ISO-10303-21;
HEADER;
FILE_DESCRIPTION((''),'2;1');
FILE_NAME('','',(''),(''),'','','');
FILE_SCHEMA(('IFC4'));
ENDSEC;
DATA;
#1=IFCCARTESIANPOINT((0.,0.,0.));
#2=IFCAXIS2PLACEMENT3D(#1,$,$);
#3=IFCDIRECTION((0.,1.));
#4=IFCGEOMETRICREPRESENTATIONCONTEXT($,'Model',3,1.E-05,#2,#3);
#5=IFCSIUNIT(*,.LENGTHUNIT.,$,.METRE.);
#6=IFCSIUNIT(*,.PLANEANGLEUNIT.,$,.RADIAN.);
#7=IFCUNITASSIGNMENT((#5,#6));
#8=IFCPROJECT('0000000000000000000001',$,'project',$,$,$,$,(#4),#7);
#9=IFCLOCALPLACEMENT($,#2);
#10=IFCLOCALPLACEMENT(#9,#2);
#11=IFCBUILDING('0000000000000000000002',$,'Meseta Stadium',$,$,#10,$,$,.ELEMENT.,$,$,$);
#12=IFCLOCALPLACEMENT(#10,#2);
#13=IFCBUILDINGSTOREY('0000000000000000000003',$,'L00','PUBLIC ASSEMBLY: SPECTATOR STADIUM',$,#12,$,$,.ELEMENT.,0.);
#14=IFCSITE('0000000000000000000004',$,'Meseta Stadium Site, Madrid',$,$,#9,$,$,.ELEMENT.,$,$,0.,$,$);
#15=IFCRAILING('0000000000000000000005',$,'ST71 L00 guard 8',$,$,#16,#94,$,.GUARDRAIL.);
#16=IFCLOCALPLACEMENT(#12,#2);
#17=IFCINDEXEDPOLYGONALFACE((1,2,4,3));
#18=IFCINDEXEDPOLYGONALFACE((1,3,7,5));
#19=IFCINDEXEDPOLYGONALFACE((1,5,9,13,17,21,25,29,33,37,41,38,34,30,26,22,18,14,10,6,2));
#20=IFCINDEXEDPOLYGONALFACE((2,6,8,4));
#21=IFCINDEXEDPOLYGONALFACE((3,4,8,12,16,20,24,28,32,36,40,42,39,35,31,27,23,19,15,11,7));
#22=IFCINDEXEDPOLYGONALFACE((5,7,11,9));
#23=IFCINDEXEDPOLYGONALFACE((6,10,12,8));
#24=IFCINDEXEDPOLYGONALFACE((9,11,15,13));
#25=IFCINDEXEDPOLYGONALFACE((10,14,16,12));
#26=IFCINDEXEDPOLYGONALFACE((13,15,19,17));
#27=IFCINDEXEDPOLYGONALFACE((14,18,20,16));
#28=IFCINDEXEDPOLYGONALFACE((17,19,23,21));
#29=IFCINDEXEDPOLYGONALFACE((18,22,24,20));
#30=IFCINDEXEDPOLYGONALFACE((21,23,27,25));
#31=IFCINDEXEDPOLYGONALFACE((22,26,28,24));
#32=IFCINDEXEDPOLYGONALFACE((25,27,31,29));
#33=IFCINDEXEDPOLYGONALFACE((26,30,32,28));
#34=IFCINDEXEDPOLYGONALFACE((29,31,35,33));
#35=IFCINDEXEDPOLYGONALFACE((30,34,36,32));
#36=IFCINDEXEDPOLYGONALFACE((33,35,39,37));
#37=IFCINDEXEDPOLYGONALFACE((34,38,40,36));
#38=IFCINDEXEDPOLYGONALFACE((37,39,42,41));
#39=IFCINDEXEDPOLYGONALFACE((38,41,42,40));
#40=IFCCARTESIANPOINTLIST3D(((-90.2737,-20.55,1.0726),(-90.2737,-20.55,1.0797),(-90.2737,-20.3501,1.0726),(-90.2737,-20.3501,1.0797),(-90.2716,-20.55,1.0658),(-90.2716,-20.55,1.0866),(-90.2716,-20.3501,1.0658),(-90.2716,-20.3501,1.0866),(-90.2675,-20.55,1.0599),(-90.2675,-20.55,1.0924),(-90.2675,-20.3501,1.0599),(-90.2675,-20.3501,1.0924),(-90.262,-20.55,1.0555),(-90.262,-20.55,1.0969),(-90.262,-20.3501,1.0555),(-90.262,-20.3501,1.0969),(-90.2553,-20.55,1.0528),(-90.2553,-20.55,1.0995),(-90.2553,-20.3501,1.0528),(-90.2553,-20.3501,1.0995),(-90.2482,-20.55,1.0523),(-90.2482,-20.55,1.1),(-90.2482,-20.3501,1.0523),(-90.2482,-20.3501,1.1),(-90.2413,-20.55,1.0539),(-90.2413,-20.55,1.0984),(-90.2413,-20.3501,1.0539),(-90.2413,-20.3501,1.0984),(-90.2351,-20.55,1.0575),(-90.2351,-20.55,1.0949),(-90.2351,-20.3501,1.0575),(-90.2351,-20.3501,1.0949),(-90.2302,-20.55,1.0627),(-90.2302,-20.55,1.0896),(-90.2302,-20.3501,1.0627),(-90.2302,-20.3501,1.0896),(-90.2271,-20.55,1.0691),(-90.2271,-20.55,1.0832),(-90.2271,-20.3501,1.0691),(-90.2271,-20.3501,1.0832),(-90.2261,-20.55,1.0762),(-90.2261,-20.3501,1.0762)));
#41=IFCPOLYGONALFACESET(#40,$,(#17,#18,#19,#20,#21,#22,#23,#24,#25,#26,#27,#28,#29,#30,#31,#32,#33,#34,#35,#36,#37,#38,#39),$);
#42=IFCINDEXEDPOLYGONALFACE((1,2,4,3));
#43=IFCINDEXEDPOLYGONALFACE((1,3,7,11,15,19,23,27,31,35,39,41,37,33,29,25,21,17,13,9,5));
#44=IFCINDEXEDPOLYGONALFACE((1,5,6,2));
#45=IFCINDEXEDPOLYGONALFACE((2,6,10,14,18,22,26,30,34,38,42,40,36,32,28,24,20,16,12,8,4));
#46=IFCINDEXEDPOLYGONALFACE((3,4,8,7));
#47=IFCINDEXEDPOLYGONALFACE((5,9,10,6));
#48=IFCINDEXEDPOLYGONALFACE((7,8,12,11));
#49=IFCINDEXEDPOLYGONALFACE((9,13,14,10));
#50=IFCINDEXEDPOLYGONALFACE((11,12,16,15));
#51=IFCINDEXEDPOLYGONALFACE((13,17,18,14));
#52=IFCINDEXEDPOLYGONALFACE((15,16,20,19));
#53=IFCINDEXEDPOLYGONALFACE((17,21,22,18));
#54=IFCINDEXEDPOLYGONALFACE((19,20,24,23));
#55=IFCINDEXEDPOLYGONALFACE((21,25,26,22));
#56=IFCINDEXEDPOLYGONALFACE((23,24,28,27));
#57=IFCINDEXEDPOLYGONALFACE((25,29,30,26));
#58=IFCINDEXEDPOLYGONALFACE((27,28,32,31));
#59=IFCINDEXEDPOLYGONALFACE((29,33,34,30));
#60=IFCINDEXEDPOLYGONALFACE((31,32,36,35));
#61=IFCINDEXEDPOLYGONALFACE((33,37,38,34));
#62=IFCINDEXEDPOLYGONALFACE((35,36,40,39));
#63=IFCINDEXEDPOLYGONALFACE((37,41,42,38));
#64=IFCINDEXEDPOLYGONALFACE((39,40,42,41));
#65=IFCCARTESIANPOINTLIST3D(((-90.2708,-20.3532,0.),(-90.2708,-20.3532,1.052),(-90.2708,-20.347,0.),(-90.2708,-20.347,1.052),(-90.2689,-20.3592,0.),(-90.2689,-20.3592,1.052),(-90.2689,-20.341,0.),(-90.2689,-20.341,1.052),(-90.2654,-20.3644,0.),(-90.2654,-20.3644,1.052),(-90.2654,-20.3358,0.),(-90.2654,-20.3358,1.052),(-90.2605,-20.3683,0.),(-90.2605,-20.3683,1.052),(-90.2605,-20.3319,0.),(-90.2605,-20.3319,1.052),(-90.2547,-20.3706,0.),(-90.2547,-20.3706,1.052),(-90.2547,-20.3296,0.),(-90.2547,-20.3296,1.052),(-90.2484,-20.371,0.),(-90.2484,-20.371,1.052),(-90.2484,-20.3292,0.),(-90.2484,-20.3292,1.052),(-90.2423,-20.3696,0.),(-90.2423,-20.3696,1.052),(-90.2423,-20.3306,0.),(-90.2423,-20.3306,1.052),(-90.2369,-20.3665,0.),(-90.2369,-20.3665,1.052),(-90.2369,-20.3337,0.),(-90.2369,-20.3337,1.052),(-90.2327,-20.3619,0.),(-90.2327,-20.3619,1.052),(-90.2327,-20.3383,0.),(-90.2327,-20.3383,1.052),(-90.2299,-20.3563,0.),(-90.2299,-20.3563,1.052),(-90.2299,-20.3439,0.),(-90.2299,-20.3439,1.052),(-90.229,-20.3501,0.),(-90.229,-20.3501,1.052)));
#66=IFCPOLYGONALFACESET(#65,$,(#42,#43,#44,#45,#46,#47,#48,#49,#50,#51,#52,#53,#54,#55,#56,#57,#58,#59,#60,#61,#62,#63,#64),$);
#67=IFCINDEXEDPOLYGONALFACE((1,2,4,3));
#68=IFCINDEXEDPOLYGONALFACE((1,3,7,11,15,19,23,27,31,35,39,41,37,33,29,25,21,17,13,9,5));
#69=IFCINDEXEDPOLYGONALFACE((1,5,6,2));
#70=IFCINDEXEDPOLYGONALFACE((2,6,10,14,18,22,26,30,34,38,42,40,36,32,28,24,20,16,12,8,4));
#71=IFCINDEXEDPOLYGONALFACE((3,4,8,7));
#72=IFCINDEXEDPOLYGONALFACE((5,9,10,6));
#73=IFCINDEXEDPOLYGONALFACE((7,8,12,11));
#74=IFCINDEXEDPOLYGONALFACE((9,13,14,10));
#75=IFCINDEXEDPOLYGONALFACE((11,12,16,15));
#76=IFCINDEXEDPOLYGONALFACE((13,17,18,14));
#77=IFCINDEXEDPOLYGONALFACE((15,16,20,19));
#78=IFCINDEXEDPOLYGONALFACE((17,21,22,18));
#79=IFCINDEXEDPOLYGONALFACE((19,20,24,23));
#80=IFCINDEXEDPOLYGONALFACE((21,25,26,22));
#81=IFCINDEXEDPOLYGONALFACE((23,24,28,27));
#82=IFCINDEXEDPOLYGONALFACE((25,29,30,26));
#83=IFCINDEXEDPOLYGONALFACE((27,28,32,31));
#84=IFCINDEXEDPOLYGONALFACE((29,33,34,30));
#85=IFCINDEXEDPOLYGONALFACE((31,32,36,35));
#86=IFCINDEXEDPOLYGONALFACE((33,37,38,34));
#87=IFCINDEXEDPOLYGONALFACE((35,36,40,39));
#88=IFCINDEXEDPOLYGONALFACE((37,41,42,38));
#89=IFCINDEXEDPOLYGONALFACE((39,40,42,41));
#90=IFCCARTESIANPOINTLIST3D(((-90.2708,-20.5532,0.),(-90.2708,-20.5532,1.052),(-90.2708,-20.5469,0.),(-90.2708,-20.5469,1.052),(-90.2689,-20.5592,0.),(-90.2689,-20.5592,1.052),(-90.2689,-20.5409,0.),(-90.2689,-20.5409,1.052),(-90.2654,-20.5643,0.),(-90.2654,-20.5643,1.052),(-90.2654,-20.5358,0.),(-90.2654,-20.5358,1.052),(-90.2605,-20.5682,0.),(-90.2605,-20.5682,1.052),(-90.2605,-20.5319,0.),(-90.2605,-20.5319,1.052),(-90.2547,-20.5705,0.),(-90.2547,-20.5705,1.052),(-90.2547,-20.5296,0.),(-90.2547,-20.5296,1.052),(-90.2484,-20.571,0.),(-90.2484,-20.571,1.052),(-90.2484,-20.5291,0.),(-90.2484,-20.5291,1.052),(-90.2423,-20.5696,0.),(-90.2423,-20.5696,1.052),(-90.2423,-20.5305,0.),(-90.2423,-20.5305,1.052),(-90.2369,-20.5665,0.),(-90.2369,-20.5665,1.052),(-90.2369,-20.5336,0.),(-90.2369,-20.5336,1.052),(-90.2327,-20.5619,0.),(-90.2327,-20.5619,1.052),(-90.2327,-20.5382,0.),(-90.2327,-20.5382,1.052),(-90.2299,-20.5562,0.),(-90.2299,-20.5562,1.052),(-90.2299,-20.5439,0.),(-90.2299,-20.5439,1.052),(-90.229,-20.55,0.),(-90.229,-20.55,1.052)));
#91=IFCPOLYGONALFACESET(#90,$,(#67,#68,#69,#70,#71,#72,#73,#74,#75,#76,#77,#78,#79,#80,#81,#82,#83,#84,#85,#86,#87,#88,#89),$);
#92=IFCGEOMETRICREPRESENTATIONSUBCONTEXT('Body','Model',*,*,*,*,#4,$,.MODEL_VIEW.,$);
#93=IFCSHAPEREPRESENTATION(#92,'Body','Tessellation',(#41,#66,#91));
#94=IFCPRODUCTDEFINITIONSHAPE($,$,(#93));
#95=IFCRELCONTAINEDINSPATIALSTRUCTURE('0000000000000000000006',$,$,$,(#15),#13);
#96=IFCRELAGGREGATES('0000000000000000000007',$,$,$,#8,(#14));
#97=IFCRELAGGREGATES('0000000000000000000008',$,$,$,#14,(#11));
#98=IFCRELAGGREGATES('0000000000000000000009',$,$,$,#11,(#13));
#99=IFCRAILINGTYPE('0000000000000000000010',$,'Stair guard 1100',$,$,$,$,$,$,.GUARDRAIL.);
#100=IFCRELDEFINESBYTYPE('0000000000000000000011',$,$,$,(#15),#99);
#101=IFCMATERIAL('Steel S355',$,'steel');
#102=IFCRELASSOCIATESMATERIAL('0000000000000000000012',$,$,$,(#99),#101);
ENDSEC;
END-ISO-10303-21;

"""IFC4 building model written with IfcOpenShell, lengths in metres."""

from ifc_helpers import new_model, si_unit, direction, frame, origin, origin_2d, place, context, subcontext, project, spatial, circle, extrude, material, type_object, element, save


model = new_model("IFC4")

# Units and contexts
model_context = context("Model", 3, precision=1e-05, world=origin(), true_north=direction((0.0, 1.0)))
body_context = subcontext(model_context, "Body", "Model", "MODEL_VIEW")
ifc_project = project(units=[si_unit("LENGTHUNIT", "METRE"), si_unit("PLANEANGLEUNIT", "RADIAN")], contexts=[model_context])

# Site, building, storey
site_placement = place(None, origin())
site = spatial("IfcSite", under=ifc_project, at=site_placement, Name="Meseta Stadium Site, Madrid", CompositionType="ELEMENT", RefElevation=0.0)
building_placement = place(site_placement, origin())
building = spatial("IfcBuilding", under=site, at=building_placement, Name="Meseta Stadium", CompositionType="ELEMENT")
storey_placement = place(building_placement, origin())
storey = spatial("IfcBuildingStorey", under=building, at=storey_placement, Name="L00", Description="PUBLIC ASSEMBLY: SPECTATOR STADIUM", CompositionType="ELEMENT", Elevation=0.0)

# Railing
ifc_material_1 = material(Name="Steel S355", Category="steel")
railing_type_1 = type_object("IfcRailingType", Name="Stair guard 1100", PredefinedType="GUARDRAIL", material=ifc_material_1)
railing_1_placement = place(storey_placement, frame((-90.25, -20.3501, 0.0)))
element("IfcRailing", 1, at=railing_1_placement, inside=storey, type_object=railing_type_1, Name="ST71 L00 guard 8", PredefinedType="GUARDRAIL", context=body_context, shape_type="SweptSolid", body=[
    extrude(circle(Radius=0.0239, at=origin_2d()), frame((0.0, 0.0, 1.0762), z_axis=(0.0, -1.0, 0.0), x_axis=(1.0, 0.0, 0.0)), (0.0, 0.0, 1.0), 0.2),
    extrude(circle(Radius=0.021, at=origin_2d()), origin(), (0.0, 0.0, 1.0), 1.052),
    extrude(circle(Radius=0.021, at=origin_2d()), frame((0.0, -0.2, 0.0)), (0.0, 0.0, 1.0), 1.052),
])

save(model, "model.ifc")
